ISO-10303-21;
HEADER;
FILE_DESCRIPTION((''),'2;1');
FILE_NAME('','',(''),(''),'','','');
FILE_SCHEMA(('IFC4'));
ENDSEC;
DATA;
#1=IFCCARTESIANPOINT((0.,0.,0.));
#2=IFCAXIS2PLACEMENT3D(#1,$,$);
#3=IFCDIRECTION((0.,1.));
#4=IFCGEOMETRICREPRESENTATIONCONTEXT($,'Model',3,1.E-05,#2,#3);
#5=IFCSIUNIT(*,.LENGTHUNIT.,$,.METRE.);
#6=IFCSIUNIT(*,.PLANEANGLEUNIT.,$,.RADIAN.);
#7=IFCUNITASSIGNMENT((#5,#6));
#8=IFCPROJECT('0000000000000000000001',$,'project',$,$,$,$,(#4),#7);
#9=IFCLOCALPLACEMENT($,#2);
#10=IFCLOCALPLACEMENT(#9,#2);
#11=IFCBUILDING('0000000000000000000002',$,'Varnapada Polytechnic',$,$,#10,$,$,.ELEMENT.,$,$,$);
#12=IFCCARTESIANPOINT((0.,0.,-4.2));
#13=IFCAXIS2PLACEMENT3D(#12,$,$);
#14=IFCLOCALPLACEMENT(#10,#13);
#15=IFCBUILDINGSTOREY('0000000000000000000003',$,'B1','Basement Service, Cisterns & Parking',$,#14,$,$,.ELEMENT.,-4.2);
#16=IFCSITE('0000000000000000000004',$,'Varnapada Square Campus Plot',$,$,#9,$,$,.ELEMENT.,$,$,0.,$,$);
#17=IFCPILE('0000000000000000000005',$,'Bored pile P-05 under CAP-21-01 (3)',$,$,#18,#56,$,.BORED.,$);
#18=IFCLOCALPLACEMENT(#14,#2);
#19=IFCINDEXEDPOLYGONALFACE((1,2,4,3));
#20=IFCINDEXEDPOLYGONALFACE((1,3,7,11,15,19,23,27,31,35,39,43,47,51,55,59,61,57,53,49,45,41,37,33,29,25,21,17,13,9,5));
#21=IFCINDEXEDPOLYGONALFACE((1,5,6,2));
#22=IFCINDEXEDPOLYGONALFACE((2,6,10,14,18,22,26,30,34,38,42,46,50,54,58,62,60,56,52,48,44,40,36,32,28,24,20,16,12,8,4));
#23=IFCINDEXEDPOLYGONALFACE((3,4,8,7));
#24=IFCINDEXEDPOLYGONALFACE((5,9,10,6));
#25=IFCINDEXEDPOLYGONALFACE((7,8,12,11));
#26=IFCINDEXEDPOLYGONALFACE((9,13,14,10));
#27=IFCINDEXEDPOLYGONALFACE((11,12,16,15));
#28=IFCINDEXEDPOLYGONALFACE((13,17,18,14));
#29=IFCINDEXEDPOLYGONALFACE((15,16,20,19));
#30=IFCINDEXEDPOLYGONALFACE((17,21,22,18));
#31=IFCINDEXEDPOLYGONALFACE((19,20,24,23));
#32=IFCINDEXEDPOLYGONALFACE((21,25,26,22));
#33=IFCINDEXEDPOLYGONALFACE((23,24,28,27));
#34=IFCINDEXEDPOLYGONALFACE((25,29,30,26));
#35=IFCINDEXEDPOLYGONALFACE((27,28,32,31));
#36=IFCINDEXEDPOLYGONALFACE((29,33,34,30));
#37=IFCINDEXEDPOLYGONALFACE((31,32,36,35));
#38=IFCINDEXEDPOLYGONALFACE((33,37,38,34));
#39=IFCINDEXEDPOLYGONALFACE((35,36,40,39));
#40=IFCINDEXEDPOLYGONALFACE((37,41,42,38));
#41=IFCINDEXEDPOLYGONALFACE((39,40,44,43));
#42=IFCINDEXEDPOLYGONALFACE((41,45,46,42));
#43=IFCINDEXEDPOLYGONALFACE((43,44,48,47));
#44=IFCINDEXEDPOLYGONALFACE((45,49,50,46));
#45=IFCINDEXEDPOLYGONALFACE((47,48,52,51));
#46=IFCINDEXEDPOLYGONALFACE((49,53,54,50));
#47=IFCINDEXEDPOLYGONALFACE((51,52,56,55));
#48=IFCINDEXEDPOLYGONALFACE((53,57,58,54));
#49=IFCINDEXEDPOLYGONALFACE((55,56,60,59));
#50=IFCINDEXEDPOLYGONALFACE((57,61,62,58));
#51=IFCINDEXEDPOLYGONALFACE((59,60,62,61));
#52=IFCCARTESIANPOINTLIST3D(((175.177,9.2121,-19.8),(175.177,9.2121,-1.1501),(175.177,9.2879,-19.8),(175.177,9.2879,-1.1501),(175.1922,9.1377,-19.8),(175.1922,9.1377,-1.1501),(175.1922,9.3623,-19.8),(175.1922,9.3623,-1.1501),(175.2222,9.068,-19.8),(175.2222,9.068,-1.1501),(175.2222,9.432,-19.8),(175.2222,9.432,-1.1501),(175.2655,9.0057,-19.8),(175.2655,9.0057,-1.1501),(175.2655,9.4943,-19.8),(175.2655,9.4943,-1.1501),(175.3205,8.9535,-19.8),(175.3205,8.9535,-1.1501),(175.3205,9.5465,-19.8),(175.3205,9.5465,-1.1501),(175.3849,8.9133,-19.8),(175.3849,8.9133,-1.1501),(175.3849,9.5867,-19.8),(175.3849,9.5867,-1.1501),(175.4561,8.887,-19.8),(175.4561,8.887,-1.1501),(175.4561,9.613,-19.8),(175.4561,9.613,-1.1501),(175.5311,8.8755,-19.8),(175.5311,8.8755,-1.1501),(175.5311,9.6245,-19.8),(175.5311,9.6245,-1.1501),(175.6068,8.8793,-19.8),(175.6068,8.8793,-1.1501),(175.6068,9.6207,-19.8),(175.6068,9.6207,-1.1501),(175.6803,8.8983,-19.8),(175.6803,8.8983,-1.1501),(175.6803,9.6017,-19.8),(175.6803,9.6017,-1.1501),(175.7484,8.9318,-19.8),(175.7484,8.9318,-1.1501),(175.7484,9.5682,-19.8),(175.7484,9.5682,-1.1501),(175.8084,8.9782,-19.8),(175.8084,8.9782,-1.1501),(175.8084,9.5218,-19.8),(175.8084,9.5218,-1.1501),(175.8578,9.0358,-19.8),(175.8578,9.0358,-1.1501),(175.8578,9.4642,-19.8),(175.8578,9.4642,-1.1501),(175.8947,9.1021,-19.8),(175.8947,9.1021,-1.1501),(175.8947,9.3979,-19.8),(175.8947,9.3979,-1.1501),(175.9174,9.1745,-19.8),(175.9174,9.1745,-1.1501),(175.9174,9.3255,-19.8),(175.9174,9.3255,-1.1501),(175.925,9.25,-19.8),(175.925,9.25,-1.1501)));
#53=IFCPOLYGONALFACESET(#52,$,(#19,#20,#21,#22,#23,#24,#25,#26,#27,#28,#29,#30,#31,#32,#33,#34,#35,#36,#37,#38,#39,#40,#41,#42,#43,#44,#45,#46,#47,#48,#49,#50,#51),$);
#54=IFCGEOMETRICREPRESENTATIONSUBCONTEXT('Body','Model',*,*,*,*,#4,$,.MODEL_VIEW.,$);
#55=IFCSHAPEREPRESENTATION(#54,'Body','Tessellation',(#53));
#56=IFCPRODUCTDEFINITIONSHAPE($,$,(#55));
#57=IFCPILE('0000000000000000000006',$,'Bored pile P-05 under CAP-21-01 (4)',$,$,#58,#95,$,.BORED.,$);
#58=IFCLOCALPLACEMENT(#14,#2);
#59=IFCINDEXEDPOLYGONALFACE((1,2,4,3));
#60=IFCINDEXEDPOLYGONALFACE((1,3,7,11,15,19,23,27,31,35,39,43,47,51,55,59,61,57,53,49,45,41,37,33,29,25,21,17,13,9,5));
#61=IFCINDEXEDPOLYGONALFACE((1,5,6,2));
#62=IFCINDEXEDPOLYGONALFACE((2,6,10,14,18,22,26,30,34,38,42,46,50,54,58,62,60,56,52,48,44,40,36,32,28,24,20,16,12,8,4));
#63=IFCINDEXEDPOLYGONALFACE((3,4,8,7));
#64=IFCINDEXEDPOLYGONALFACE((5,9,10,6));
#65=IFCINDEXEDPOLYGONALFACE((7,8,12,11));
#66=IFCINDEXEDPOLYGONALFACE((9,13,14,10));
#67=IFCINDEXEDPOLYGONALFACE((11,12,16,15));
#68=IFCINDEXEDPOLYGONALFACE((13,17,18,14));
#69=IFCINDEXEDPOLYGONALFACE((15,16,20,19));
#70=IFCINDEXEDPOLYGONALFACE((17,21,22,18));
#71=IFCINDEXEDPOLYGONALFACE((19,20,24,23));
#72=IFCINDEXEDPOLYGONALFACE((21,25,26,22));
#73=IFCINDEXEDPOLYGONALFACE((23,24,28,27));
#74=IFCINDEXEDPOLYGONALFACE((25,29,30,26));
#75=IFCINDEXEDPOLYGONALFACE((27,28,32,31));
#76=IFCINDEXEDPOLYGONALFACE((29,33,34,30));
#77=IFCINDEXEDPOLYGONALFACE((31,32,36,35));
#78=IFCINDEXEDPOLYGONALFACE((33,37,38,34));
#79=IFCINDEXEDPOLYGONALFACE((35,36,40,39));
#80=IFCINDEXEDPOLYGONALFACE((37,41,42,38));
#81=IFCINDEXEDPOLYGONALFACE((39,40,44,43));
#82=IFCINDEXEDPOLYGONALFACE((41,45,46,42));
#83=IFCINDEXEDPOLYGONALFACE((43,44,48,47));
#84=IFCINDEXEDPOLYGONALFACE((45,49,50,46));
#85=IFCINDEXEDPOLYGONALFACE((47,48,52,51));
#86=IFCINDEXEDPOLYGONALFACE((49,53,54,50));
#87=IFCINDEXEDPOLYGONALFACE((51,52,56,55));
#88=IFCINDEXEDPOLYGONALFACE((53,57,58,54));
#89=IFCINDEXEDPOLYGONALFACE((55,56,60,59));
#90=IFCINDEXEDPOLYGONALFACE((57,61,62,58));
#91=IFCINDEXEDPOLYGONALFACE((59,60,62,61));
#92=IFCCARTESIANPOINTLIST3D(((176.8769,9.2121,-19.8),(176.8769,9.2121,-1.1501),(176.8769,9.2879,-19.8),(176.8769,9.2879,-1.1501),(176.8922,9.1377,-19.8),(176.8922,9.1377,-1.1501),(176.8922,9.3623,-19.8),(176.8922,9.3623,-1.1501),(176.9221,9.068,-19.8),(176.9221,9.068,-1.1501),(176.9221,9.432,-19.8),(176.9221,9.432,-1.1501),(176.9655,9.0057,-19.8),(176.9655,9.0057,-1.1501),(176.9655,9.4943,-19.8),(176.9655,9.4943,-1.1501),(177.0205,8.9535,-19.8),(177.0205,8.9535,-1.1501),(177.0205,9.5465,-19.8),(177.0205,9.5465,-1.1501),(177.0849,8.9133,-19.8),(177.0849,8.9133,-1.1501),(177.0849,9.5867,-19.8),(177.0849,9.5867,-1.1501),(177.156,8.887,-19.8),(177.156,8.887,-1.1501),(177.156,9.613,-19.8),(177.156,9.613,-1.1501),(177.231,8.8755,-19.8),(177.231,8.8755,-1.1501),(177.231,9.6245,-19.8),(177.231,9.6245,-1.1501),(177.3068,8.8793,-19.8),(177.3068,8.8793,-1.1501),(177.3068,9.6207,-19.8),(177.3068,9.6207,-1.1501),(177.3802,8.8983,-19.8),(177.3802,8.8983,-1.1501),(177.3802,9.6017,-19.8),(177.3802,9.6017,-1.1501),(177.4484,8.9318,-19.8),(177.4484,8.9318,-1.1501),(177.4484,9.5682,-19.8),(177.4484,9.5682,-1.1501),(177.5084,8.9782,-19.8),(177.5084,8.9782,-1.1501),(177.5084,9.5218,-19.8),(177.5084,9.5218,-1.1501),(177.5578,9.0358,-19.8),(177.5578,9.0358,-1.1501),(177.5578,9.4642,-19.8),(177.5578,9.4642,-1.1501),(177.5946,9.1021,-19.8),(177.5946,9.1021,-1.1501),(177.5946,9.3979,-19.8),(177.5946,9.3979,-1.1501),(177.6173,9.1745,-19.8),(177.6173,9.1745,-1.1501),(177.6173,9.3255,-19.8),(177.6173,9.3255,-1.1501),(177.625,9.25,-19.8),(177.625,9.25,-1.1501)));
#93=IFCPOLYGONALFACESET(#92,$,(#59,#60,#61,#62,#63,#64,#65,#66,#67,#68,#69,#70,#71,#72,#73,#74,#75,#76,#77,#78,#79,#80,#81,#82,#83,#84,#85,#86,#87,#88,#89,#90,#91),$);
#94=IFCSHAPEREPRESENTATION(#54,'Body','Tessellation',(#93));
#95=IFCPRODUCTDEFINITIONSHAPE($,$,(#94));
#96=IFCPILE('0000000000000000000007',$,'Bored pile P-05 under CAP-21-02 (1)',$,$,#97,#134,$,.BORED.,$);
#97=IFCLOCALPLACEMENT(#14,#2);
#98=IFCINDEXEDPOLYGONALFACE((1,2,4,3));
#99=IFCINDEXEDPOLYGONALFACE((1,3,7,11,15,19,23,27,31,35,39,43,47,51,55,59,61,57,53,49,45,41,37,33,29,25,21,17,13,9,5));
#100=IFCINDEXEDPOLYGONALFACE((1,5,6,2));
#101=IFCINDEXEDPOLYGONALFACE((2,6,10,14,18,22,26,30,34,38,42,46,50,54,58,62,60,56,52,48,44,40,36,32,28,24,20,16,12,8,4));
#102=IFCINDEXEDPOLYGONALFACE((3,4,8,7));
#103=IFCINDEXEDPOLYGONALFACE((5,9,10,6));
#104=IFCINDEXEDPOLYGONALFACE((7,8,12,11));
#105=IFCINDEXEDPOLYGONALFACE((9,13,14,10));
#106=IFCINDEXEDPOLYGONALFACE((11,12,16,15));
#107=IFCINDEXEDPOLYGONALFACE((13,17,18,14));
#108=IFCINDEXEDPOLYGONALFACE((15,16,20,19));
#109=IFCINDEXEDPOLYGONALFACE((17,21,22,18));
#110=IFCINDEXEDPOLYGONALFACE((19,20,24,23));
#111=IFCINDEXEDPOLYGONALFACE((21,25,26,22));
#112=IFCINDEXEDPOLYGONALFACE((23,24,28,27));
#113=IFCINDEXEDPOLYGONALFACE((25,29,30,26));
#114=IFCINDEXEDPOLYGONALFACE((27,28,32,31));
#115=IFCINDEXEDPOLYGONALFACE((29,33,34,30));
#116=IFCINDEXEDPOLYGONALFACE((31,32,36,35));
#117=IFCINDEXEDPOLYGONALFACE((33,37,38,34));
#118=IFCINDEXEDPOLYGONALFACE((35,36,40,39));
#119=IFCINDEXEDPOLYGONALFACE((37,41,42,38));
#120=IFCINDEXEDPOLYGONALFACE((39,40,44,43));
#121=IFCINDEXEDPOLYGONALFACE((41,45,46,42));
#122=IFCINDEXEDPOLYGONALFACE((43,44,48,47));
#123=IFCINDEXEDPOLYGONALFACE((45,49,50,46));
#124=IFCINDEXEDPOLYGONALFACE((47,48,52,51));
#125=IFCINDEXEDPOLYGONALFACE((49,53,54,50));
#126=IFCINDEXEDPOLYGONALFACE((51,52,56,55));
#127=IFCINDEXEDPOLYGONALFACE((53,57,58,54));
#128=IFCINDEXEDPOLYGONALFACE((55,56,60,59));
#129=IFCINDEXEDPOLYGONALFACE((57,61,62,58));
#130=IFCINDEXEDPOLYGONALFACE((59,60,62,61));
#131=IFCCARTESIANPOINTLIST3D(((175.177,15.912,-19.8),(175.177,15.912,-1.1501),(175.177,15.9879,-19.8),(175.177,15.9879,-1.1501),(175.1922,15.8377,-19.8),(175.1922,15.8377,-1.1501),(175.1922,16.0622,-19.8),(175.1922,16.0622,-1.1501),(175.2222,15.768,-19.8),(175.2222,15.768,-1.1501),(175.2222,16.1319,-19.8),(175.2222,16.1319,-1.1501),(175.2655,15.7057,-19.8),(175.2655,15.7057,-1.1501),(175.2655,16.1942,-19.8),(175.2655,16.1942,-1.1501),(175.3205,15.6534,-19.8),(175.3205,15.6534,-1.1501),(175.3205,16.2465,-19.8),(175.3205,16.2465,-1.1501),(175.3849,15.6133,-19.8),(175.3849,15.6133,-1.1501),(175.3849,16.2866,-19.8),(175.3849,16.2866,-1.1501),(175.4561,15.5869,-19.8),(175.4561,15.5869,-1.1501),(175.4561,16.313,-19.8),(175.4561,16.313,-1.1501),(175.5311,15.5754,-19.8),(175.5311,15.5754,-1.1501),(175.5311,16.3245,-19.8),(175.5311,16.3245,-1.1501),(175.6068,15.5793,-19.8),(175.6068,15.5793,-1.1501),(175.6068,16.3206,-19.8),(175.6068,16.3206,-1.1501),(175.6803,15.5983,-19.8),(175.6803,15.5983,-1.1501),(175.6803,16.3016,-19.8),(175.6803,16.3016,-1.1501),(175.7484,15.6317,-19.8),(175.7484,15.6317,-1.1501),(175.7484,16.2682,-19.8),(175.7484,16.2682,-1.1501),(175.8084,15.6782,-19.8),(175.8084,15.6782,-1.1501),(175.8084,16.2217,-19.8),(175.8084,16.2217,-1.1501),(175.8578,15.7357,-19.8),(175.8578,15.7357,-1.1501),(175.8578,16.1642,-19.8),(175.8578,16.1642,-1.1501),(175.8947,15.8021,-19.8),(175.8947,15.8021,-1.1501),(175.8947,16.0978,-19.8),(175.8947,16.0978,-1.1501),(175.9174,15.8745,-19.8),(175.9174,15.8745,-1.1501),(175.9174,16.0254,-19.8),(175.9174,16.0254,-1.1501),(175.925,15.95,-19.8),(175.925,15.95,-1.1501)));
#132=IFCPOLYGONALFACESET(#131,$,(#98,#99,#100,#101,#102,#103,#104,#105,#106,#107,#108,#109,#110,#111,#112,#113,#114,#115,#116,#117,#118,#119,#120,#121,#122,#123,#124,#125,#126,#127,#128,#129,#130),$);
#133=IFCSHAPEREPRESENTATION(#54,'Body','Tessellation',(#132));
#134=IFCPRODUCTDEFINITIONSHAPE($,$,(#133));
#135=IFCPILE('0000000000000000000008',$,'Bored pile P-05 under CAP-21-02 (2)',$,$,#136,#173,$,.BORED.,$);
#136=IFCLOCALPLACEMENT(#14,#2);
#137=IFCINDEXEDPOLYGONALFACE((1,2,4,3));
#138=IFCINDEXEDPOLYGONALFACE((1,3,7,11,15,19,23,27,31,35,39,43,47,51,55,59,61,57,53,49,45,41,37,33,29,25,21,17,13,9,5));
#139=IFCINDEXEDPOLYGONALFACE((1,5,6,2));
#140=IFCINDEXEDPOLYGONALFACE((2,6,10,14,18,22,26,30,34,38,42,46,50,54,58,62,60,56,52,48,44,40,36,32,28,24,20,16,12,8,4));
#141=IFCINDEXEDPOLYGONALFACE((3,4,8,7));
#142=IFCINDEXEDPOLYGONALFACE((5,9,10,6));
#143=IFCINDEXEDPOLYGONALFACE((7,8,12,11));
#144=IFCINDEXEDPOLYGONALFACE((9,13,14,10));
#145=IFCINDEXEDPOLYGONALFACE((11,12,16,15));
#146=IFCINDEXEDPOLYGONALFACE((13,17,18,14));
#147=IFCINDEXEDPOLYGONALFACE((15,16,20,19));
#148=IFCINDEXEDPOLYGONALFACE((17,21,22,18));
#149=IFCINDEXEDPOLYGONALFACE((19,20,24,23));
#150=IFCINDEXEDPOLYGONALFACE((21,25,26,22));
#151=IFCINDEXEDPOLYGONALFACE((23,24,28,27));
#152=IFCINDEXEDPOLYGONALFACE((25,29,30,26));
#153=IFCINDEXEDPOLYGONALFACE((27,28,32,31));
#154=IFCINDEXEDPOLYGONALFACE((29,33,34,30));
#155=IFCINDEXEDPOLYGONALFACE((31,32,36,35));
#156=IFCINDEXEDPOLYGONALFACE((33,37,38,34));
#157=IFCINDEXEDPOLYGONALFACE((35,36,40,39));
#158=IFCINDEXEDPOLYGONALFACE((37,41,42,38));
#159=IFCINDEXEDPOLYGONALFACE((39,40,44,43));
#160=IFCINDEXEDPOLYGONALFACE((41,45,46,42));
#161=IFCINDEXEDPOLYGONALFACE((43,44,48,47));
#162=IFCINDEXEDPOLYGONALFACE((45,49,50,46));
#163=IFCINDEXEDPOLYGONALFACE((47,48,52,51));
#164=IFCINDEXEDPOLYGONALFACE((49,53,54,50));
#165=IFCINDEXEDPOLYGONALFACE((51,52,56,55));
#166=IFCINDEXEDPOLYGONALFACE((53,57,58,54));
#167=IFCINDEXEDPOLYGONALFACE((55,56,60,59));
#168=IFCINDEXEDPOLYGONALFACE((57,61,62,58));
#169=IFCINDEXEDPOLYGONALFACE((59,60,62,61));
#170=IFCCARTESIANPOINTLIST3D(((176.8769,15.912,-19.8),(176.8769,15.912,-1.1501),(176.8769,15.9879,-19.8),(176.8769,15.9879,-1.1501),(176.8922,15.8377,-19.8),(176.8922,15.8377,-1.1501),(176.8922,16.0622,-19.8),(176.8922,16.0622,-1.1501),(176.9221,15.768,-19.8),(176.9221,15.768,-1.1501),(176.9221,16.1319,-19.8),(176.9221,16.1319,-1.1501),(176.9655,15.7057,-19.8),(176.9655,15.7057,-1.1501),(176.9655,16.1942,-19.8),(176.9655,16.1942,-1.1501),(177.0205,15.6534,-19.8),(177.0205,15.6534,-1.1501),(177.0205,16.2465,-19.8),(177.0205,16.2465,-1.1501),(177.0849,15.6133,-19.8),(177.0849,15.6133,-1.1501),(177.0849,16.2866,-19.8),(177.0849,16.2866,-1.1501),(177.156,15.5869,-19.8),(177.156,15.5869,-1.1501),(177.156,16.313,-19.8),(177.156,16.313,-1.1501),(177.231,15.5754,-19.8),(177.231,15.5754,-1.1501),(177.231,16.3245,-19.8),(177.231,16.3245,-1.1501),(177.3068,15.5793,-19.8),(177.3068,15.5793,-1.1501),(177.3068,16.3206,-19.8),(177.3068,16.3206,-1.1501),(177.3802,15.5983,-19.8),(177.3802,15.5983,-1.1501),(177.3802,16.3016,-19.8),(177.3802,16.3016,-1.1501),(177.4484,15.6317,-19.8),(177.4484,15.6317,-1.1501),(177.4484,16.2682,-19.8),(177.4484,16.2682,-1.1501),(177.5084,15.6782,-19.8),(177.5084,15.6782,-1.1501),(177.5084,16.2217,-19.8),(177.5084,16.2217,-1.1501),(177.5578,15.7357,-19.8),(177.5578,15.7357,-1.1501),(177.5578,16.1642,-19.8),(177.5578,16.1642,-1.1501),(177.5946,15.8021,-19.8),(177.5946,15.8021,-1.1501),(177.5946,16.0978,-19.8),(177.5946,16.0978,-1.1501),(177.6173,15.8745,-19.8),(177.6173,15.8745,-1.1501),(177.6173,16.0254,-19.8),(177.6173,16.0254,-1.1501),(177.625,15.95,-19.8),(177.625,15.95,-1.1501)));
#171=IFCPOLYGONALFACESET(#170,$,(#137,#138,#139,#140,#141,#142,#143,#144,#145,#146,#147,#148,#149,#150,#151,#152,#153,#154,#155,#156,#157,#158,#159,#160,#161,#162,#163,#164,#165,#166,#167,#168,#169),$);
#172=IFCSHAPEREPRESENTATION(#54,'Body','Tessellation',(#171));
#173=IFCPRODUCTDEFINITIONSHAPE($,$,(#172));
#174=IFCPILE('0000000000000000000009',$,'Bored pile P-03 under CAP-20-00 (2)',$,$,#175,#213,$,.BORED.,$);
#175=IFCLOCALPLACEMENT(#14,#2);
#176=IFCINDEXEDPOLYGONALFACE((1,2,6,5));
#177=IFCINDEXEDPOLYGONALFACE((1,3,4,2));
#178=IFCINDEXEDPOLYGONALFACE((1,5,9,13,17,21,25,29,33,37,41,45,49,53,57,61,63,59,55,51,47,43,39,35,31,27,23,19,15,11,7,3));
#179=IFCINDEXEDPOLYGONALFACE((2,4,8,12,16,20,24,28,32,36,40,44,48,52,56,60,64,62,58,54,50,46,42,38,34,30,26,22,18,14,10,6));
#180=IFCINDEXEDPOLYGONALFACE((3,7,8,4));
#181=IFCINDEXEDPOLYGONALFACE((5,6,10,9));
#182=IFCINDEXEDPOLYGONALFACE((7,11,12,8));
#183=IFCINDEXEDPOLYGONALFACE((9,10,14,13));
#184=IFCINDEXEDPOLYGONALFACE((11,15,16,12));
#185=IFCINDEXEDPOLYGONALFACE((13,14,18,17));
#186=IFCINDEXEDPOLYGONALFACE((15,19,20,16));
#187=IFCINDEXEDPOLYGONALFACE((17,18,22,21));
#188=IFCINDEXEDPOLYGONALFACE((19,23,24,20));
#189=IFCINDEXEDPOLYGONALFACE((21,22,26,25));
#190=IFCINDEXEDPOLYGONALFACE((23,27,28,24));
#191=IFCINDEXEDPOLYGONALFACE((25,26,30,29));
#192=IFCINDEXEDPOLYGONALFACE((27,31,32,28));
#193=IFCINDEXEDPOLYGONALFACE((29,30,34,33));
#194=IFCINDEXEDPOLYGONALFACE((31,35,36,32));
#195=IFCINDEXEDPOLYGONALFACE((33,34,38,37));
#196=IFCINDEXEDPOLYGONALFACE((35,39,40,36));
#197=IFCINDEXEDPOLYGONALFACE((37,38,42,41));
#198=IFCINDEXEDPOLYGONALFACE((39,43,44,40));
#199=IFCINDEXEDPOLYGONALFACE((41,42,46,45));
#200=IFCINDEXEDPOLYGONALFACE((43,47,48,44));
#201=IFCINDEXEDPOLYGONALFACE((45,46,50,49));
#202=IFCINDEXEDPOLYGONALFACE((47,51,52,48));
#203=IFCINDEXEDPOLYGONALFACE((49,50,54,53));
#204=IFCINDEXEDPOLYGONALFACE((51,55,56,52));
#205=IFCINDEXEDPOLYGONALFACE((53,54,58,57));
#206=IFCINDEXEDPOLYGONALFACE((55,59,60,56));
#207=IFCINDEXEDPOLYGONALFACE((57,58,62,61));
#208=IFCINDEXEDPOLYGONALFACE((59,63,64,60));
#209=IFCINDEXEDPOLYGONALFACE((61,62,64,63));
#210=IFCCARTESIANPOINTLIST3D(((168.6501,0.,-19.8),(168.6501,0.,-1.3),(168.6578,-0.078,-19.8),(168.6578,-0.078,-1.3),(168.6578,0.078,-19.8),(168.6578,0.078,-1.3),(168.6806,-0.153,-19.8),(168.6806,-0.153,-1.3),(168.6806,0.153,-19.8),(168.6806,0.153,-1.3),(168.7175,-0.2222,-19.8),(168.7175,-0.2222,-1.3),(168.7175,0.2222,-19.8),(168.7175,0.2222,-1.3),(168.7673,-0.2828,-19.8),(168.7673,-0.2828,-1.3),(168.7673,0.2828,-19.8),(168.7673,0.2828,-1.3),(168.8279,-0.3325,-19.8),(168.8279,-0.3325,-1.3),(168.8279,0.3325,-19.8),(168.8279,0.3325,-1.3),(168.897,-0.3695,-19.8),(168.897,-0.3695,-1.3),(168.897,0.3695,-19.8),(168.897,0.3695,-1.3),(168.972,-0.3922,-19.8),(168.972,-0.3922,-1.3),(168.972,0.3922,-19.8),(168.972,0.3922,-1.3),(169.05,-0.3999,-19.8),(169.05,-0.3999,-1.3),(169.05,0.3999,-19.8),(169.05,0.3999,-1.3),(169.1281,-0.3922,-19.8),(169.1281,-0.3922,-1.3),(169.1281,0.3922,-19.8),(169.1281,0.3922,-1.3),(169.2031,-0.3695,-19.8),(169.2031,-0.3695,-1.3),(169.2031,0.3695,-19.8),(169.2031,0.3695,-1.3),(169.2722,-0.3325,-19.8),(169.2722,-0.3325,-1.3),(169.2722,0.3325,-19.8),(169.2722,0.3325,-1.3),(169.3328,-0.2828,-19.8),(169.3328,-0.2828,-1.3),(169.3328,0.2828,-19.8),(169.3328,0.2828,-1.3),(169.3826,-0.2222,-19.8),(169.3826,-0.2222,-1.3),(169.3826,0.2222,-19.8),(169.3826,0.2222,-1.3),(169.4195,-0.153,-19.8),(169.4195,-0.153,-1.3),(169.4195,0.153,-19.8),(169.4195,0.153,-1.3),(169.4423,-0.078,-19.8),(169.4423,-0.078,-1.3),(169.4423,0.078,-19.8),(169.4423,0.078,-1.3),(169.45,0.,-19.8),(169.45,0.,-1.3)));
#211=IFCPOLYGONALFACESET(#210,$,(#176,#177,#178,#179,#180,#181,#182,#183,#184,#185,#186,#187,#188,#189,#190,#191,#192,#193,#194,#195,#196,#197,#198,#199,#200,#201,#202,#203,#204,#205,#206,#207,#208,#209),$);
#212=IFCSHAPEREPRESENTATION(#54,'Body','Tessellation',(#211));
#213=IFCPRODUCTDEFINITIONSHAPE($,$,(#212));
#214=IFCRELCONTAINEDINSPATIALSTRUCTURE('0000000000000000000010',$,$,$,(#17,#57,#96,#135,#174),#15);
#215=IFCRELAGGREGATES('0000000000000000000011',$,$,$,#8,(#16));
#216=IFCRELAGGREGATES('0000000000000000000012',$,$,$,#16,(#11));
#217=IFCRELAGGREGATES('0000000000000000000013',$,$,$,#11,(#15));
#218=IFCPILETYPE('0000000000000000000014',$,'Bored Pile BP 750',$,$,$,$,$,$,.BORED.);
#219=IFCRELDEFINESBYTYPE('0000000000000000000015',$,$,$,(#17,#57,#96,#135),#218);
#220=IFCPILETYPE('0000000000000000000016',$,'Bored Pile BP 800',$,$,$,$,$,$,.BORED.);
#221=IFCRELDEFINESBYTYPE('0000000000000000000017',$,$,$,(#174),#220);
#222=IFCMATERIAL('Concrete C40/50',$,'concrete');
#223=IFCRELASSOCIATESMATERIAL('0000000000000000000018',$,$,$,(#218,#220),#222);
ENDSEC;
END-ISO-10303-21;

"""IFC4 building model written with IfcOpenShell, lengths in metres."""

from ifc_helpers import new_model, si_unit, direction, frame, origin, origin_2d, place, context, subcontext, project, spatial, circle, extrude, material, material_profile, profile_set, type_object, element, save


model = new_model("IFC4")

# Units and contexts
model_context = context("Model", 3, precision=1e-05, world=origin(), true_north=direction((0.0, 1.0)))
body_context = subcontext(model_context, "Body", "Model", "MODEL_VIEW")
ifc_project = project(units=[si_unit("LENGTHUNIT", "METRE"), si_unit("PLANEANGLEUNIT", "RADIAN")], contexts=[model_context])

# Site, building, storey
site_placement = place(None, origin())
site = spatial("IfcSite", under=ifc_project, at=site_placement, Name="Varnapada Square Campus Plot", CompositionType="ELEMENT", RefElevation=0.0)
building_placement = place(site_placement, origin())
building = spatial("IfcBuilding", under=site, at=building_placement, Name="Varnapada Polytechnic", CompositionType="ELEMENT")
storey_placement = place(building_placement, frame((0.0, 0.0, -4.2)))
storey = spatial("IfcBuildingStorey", under=building, at=storey_placement, Name="B1", Description="Basement Service, Cisterns & Parking", CompositionType="ELEMENT", Elevation=-4.2)

# Piles
ifc_material_1 = material(Name="Concrete C40/50", Category="concrete")
ifc_material_profile_1 = material_profile(ifc_material_1, circle(Radius=0.375, at=origin_2d()), Name="BP 750")
ifc_profile_set_1 = profile_set([ifc_material_profile_1], Name="Concrete C40/50")
pile_type_1 = type_object("IfcPileType", Name="Bored Pile BP 750", PredefinedType="BORED", material=ifc_profile_set_1)
for number, where, z_axis, x_axis, name in (
    (1, (175.55, 9.25, -1.1501), (0.0, 0.0, -1.0), (1.0, 0.0, 0.0), "Bored pile P-05 under CAP-21-01 (3)"),
    (2, (177.25, 9.25, -1.1501), (0.0, 0.0, -1.0), (1.0, 0.0, 0.0), "Bored pile P-05 under CAP-21-01 (4)"),
    (3, (175.55, 15.95, -1.1501), (0.0, 0.0, -1.0), (1.0, 0.0, 0.0), "Bored pile P-05 under CAP-21-02 (1)"),
    (4, (177.25, 15.95, -1.1501), (0.0, 0.0, -1.0), (1.0, 0.0, 0.0), "Bored pile P-05 under CAP-21-02 (2)"),
):
    element("IfcPile", number, at=place(storey_placement, frame(where, z_axis=z_axis, x_axis=x_axis)), inside=storey, type_object=pile_type_1, Name=name, PredefinedType="BORED", context=body_context, shape_type="SweptSolid", body=[
        extrude(circle(Radius=0.375, at=origin_2d()), origin(), (0.0, 0.0, 1.0), 18.6499),
    ])
ifc_material_profile_2 = material_profile(ifc_material_1, circle(Radius=0.3999, at=origin_2d()), Name="BP 800")
ifc_profile_set_2 = profile_set([ifc_material_profile_2], Name="Concrete C40/50")
pile_type_2 = type_object("IfcPileType", Name="Bored Pile BP 800", PredefinedType="BORED", material=ifc_profile_set_2)
for number, where, z_axis, x_axis, name in (
    (5, (169.05, 0.0, -1.3), (0.0, 0.0, -1.0), (1.0, 0.0, 0.0), "Bored pile P-03 under CAP-20-00 (2)"),
):
    element("IfcPile", number, at=place(storey_placement, frame(where, z_axis=z_axis, x_axis=x_axis)), inside=storey, type_object=pile_type_2, Name=name, PredefinedType="BORED", context=body_context, shape_type="SweptSolid", body=[
        extrude(circle(Radius=0.3999, at=origin_2d()), origin(), (0.0, 0.0, 1.0), 18.5),
    ])

save(model, "model.ifc")
